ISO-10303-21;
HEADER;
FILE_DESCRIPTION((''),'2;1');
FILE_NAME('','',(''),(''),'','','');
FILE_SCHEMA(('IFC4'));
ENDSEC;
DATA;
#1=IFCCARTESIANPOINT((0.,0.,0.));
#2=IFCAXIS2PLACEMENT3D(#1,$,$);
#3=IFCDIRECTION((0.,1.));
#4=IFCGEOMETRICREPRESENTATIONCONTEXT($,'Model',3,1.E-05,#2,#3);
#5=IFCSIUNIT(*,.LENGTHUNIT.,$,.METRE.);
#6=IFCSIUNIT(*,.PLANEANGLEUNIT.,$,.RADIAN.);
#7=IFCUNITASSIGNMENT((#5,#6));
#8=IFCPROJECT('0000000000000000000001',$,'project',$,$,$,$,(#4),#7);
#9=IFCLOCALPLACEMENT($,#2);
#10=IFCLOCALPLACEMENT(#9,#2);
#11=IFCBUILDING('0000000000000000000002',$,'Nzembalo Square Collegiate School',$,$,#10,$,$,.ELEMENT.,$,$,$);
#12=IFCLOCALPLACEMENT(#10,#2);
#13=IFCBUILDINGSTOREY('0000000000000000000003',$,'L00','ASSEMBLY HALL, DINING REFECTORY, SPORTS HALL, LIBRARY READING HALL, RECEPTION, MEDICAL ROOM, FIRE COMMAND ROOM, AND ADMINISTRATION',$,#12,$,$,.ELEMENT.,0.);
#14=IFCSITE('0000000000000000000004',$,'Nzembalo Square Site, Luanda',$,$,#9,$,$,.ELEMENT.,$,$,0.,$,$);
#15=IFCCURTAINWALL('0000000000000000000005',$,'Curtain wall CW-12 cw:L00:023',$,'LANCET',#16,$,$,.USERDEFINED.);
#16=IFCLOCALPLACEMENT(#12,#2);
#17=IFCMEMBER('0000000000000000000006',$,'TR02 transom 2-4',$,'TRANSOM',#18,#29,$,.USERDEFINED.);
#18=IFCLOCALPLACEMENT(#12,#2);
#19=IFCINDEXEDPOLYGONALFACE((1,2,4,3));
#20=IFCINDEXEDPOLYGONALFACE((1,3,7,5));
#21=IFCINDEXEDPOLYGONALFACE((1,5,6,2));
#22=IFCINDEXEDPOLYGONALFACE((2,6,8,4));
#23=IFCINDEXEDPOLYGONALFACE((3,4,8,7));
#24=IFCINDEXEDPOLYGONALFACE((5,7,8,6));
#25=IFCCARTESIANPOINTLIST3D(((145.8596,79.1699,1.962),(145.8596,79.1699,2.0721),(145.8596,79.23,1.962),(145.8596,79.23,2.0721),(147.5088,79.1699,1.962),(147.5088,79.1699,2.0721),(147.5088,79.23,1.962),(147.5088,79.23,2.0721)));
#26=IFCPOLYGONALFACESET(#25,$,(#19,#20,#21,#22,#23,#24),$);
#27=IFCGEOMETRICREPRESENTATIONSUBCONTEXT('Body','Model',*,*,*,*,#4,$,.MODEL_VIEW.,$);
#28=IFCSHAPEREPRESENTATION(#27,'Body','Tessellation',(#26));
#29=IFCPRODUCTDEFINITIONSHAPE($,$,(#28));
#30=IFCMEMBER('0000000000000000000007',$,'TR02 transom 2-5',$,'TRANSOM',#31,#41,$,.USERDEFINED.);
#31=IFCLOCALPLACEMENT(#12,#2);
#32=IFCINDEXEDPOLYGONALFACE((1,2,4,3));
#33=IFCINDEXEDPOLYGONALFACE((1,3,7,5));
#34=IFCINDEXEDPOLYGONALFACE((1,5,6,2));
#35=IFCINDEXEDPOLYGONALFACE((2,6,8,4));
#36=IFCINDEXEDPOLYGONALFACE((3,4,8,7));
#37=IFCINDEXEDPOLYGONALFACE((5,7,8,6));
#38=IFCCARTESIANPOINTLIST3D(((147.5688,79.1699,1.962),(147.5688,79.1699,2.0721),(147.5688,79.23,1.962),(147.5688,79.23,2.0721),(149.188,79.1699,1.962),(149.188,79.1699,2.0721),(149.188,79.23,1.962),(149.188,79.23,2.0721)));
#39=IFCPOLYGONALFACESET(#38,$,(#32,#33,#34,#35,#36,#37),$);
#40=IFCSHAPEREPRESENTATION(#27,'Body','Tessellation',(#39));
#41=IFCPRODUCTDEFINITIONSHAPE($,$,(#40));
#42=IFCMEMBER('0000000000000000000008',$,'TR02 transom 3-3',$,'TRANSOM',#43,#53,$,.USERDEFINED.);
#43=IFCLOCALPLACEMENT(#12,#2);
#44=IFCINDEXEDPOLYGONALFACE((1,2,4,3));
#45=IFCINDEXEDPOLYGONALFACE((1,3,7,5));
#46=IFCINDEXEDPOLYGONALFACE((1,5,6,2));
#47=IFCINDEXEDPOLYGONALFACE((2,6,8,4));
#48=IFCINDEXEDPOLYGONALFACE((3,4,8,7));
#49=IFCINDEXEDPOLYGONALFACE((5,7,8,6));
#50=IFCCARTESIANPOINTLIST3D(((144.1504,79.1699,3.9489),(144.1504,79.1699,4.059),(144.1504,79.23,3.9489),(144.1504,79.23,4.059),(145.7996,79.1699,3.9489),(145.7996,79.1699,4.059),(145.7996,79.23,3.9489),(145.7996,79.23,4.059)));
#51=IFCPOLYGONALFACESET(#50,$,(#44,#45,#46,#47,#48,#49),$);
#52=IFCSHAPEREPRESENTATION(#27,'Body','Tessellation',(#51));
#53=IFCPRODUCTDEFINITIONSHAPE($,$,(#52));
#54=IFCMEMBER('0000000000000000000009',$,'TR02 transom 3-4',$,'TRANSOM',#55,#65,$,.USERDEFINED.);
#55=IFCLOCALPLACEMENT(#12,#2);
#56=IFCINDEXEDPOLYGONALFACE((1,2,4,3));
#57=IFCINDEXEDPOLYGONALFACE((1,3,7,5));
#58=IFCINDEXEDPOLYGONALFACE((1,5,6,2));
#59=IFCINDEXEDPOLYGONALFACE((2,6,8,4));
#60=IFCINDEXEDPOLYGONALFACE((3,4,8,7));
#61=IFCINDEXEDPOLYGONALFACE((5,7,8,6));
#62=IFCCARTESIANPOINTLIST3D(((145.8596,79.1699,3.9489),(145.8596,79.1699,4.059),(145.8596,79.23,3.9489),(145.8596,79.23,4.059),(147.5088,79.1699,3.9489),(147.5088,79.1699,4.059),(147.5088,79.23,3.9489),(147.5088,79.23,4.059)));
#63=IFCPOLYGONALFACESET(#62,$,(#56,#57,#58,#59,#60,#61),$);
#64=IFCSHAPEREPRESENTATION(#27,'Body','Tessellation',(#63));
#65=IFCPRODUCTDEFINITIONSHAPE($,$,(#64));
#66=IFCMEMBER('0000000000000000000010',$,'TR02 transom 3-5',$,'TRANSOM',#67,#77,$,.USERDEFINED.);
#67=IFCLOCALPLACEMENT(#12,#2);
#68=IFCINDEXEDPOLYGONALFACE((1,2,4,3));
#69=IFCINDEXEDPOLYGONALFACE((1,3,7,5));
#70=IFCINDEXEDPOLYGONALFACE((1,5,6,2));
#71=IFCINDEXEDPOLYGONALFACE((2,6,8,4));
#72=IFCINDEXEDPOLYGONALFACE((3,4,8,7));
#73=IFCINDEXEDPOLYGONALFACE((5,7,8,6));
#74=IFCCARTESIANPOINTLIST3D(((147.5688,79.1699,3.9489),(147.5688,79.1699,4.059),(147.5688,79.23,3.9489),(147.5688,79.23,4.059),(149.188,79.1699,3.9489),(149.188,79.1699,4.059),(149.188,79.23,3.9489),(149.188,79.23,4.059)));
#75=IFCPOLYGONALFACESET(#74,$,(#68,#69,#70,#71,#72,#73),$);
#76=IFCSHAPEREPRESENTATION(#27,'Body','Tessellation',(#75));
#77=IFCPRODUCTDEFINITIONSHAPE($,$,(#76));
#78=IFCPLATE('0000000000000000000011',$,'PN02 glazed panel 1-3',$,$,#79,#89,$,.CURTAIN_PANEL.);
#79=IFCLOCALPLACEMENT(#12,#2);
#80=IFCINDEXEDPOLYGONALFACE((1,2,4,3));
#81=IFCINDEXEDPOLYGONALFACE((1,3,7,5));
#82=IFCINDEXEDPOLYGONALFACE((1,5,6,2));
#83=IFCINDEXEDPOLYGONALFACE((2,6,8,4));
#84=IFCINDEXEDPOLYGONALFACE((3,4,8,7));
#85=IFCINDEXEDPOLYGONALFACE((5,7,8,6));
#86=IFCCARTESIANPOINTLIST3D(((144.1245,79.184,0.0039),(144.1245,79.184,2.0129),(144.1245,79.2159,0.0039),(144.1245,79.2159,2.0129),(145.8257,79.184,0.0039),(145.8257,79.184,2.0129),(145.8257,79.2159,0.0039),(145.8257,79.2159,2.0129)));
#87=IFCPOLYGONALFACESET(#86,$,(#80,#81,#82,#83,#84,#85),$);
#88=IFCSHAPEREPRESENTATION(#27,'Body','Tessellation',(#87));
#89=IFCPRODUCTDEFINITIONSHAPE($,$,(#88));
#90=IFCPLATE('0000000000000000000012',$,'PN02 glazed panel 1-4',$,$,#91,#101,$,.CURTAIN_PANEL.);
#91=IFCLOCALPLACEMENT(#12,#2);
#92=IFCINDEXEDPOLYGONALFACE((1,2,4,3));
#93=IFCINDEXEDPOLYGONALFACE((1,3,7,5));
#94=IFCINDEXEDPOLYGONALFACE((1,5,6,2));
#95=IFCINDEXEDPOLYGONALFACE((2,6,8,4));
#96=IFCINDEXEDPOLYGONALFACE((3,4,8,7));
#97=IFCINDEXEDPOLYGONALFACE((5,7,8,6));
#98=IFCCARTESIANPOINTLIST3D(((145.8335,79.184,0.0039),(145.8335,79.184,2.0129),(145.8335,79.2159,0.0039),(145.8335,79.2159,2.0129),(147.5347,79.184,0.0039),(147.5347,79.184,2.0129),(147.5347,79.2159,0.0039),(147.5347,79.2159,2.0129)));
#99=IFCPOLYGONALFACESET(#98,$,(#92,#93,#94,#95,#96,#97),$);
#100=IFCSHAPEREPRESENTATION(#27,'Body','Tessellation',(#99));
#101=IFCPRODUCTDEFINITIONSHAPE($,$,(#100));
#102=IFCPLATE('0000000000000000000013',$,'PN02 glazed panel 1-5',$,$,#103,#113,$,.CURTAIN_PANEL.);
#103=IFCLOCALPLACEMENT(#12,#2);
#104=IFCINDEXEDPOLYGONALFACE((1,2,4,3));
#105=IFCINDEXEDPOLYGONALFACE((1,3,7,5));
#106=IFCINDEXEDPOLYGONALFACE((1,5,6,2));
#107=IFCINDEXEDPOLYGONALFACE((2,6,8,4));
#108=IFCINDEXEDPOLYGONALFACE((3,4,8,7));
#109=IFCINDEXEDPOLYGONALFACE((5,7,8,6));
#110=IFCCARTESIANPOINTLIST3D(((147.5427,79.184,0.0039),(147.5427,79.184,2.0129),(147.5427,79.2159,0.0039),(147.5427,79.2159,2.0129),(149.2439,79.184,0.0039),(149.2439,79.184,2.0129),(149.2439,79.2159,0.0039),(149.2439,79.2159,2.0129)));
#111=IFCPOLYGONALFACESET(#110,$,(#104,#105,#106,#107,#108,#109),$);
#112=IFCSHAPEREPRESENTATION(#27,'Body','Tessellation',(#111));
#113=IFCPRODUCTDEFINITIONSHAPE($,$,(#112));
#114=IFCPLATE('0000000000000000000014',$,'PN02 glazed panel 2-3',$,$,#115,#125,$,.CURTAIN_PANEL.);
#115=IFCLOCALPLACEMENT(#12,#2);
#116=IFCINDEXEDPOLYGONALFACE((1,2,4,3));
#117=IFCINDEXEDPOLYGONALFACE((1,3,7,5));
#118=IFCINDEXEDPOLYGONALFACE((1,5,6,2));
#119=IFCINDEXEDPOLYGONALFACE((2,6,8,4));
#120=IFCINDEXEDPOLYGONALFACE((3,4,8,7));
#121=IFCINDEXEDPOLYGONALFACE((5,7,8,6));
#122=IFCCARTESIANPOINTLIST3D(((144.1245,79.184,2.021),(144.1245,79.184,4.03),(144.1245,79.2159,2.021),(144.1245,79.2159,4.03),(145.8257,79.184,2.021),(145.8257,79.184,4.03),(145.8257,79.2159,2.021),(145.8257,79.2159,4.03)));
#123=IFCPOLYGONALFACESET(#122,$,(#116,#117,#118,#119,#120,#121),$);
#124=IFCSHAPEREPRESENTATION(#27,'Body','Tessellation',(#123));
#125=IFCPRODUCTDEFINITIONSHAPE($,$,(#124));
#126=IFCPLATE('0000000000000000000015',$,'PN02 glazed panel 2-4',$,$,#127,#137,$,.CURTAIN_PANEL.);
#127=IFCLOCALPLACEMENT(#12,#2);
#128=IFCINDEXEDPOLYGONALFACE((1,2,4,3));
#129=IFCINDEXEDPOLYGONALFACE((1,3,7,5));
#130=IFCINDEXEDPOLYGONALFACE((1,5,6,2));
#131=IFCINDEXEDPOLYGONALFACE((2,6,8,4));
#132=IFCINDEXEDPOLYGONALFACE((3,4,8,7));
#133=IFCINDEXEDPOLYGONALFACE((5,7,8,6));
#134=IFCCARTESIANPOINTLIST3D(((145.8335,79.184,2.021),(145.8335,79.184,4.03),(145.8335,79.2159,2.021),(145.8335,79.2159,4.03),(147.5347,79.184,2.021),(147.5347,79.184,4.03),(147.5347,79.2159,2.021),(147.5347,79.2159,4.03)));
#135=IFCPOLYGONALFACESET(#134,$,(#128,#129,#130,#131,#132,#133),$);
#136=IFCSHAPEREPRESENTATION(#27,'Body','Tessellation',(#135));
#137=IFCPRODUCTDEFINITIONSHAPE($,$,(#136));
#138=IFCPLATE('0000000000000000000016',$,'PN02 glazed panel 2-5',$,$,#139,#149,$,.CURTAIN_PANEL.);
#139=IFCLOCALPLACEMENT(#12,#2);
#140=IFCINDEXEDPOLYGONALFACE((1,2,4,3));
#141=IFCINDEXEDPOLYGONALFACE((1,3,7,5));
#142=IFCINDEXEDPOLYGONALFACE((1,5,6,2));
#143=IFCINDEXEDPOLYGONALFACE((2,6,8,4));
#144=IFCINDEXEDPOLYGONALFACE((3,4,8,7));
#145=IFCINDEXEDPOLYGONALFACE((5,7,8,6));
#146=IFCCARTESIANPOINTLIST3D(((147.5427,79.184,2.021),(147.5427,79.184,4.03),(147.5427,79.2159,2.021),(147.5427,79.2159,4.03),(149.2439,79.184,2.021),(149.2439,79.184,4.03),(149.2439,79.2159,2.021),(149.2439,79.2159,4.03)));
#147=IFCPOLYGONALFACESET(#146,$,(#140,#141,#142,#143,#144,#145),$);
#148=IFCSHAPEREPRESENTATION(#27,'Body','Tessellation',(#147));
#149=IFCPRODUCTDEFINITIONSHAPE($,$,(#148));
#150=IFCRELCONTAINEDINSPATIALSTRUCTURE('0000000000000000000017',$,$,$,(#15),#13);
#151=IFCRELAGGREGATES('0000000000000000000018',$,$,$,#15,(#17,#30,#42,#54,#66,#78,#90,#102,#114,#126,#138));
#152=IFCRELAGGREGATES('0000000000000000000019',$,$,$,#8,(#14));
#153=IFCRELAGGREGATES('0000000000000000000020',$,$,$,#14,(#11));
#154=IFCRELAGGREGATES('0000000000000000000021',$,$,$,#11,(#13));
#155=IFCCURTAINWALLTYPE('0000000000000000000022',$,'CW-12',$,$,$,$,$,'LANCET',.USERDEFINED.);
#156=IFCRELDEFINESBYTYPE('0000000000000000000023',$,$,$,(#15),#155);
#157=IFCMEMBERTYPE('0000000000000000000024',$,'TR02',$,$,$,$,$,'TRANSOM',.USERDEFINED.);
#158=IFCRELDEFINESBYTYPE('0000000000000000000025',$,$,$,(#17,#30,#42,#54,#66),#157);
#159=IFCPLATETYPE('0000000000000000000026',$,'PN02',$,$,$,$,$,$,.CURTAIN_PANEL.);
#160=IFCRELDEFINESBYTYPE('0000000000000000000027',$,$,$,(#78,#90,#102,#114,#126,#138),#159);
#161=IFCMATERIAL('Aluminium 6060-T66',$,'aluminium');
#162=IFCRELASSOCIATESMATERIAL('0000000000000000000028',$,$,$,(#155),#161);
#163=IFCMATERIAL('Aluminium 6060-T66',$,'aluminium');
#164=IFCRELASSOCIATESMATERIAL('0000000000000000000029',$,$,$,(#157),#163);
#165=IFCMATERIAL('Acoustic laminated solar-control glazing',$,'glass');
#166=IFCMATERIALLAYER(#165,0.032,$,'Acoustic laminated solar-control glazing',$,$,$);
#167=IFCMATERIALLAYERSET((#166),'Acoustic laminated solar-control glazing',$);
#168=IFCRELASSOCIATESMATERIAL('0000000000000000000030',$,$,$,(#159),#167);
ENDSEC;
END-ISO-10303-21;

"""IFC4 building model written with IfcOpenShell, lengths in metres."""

from ifc_helpers import new_model, si_unit, direction, frame, origin, origin_2d, place, context, subcontext, project, spatial, rectangle, extrude, material, layer, layer_set, material_profile, profile_set, type_object, element, aggregate, save


model = new_model("IFC4")

# Units and contexts
model_context = context("Model", 3, precision=1e-05, world=origin(), true_north=direction((0.0, 1.0)))
body_context = subcontext(model_context, "Body", "Model", "MODEL_VIEW")
ifc_project = project(units=[si_unit("LENGTHUNIT", "METRE"), si_unit("PLANEANGLEUNIT", "RADIAN")], contexts=[model_context])

# Site, building, storey
site_placement = place(None, origin())
site = spatial("IfcSite", under=ifc_project, at=site_placement, Name="Nzembalo Square Site, Luanda", CompositionType="ELEMENT", RefElevation=0.0)
building_placement = place(site_placement, origin())
building = spatial("IfcBuilding", under=site, at=building_placement, Name="Nzembalo Square Collegiate School", CompositionType="ELEMENT")
storey_placement = place(building_placement, origin())
storey = spatial("IfcBuildingStorey", under=building, at=storey_placement, Name="L00", Description="ASSEMBLY HALL, DINING REFECTORY, SPORTS HALL, LIBRARY READING HALL, RECEPTION, MEDICAL ROOM, FIRE COMMAND ROOM, AND ADMINISTRATION", CompositionType="ELEMENT", Elevation=0.0)

# Curtain wall, members, plates
ifc_material_1 = material(Name="Aluminium 6060-T66", Category="aluminium")
curtain_wall_type = type_object("IfcCurtainWallType", Name="CW-12", ElementType="LANCET", PredefinedType="USERDEFINED", material=ifc_material_1)
curtain_wall_placement = place(storey_placement, origin())
curtain_wall = element("IfcCurtainWall", 1, at=curtain_wall_placement, inside=storey, type_object=curtain_wall_type, Name="Curtain wall CW-12 cw:L00:023", ObjectType="LANCET", PredefinedType="USERDEFINED")
ifc_material_2 = material(Name="Aluminium 6060-T66", Category="aluminium")
ifc_material_profile_1 = material_profile(ifc_material_2, rectangle(XDim=0.0601, YDim=0.1101, at=origin_2d()), Name="ALU T60x110")
ifc_profile_set_1 = profile_set([ifc_material_profile_1], Name="Aluminium 6060-T66")
member_type_1 = type_object("IfcMemberType", Name="TR02", ElementType="TRANSOM", PredefinedType="USERDEFINED", material=ifc_profile_set_1)
member_1_placement = place(storey_placement, frame((145.8596, 79.2, 2.0171), z_axis=(1.0, 0.0, 0.0), x_axis=(0.0, 1.0, 0.0)))
member_1 = element("IfcMember", 2, at=member_1_placement, type_object=member_type_1, Name="TR02 transom 2-4", ObjectType="TRANSOM", PredefinedType="USERDEFINED", context=body_context, shape_type="SweptSolid", body=[
    extrude(rectangle(XDim=0.0601, YDim=0.1101, at=origin_2d()), origin(), (0.0, 0.0, 1.0), 1.6492),
])
member_2_placement = place(storey_placement, frame((147.5688, 79.2, 2.0171), z_axis=(1.0, 0.0, 0.0), x_axis=(0.0, 1.0, 0.0)))
member_2 = element("IfcMember", 3, at=member_2_placement, type_object=member_type_1, Name="TR02 transom 2-5", ObjectType="TRANSOM", PredefinedType="USERDEFINED", context=body_context, shape_type="SweptSolid", body=[
    extrude(rectangle(XDim=0.0601, YDim=0.1101, at=origin_2d()), origin(), (0.0, 0.0, 1.0), 1.6191),
])
member_3_placement = place(storey_placement, frame((144.1504, 79.2, 4.0039), z_axis=(1.0, 0.0, 0.0), x_axis=(0.0, 1.0, 0.0)))
member_3 = element("IfcMember", 4, at=member_3_placement, type_object=member_type_1, Name="TR02 transom 3-3", ObjectType="TRANSOM", PredefinedType="USERDEFINED", context=body_context, shape_type="SweptSolid", body=[
    extrude(rectangle(XDim=0.0601, YDim=0.1101, at=origin_2d()), origin(), (0.0, 0.0, 1.0), 1.6492),
])
member_4_placement = place(storey_placement, frame((145.8596, 79.2, 4.0039), z_axis=(1.0, 0.0, 0.0), x_axis=(0.0, 1.0, 0.0)))
member_4 = element("IfcMember", 5, at=member_4_placement, type_object=member_type_1, Name="TR02 transom 3-4", ObjectType="TRANSOM", PredefinedType="USERDEFINED", context=body_context, shape_type="SweptSolid", body=[
    extrude(rectangle(XDim=0.0601, YDim=0.1101, at=origin_2d()), origin(), (0.0, 0.0, 1.0), 1.6492),
])
member_5_placement = place(storey_placement, frame((147.5688, 79.2, 4.0039), z_axis=(1.0, 0.0, 0.0), x_axis=(0.0, 1.0, 0.0)))
member_5 = element("IfcMember", 6, at=member_5_placement, type_object=member_type_1, Name="TR02 transom 3-5", ObjectType="TRANSOM", PredefinedType="USERDEFINED", context=body_context, shape_type="SweptSolid", body=[
    extrude(rectangle(XDim=0.0601, YDim=0.1101, at=origin_2d()), origin(), (0.0, 0.0, 1.0), 1.6191),
])
ifc_material_3 = material(Name="Acoustic laminated solar-control glazing", Category="glass")
ifc_layer_1 = layer(ifc_material_3, 0.032, Name="Acoustic laminated solar-control glazing")
ifc_layer_set_1 = layer_set([ifc_layer_1], Name="Acoustic laminated solar-control glazing")
plate_type = type_object("IfcPlateType", Name="PN02", PredefinedType="CURTAIN_PANEL", material=ifc_layer_set_1)
plate_1_placement = place(storey_placement, frame((144.9751, 79.2, 0.0039), z_axis=(0.0, 0.0, 1.0), x_axis=(1.0, 0.0, 0.0)))
plate_1 = element("IfcPlate", 7, at=plate_1_placement, type_object=plate_type, Name="PN02 glazed panel 1-3", PredefinedType="CURTAIN_PANEL", context=body_context, shape_type="SweptSolid", body=[
    extrude(rectangle(XDim=1.7012, YDim=0.032, at=origin_2d()), origin(), (0.0, 0.0, 1.0), 2.009),
])
plate_2_placement = place(storey_placement, frame((146.6841, 79.2, 0.0039), z_axis=(0.0, 0.0, 1.0), x_axis=(1.0, 0.0, 0.0)))
plate_2 = element("IfcPlate", 8, at=plate_2_placement, type_object=plate_type, Name="PN02 glazed panel 1-4", PredefinedType="CURTAIN_PANEL", context=body_context, shape_type="SweptSolid", body=[
    extrude(rectangle(XDim=1.7012, YDim=0.032, at=origin_2d()), origin(), (0.0, 0.0, 1.0), 2.009),
])
plate_3_placement = place(storey_placement, frame((148.3933, 79.2, 0.0039), z_axis=(0.0, 0.0, 1.0), x_axis=(1.0, 0.0, 0.0)))
plate_3 = element("IfcPlate", 9, at=plate_3_placement, type_object=plate_type, Name="PN02 glazed panel 1-5", PredefinedType="CURTAIN_PANEL", context=body_context, shape_type="SweptSolid", body=[
    extrude(rectangle(XDim=1.7012, YDim=0.032, at=origin_2d()), origin(), (0.0, 0.0, 1.0), 2.009),
])
plate_4_placement = place(storey_placement, frame((144.9751, 79.2, 2.021), z_axis=(0.0, 0.0, 1.0), x_axis=(1.0, 0.0, 0.0)))
plate_4 = element("IfcPlate", 10, at=plate_4_placement, type_object=plate_type, Name="PN02 glazed panel 2-3", PredefinedType="CURTAIN_PANEL", context=body_context, shape_type="SweptSolid", body=[
    extrude(rectangle(XDim=1.7012, YDim=0.032, at=origin_2d()), origin(), (0.0, 0.0, 1.0), 2.009),
])
plate_5_placement = place(storey_placement, frame((146.6841, 79.2, 2.021), z_axis=(0.0, 0.0, 1.0), x_axis=(1.0, 0.0, 0.0)))
plate_5 = element("IfcPlate", 11, at=plate_5_placement, type_object=plate_type, Name="PN02 glazed panel 2-4", PredefinedType="CURTAIN_PANEL", context=body_context, shape_type="SweptSolid", body=[
    extrude(rectangle(XDim=1.7012, YDim=0.032, at=origin_2d()), origin(), (0.0, 0.0, 1.0), 2.009),
])
plate_6_placement = place(storey_placement, frame((148.3933, 79.2, 2.021), z_axis=(0.0, 0.0, 1.0), x_axis=(1.0, 0.0, 0.0)))
plate_6 = element("IfcPlate", 12, at=plate_6_placement, type_object=plate_type, Name="PN02 glazed panel 2-5", PredefinedType="CURTAIN_PANEL", context=body_context, shape_type="SweptSolid", body=[
    extrude(rectangle(XDim=1.7012, YDim=0.032, at=origin_2d()), origin(), (0.0, 0.0, 1.0), 2.009),
])
aggregate(curtain_wall, [member_1, member_2, member_3, member_4, member_5, plate_1, plate_2, plate_3, plate_4, plate_5, plate_6])

save(model, "model.ifc")
